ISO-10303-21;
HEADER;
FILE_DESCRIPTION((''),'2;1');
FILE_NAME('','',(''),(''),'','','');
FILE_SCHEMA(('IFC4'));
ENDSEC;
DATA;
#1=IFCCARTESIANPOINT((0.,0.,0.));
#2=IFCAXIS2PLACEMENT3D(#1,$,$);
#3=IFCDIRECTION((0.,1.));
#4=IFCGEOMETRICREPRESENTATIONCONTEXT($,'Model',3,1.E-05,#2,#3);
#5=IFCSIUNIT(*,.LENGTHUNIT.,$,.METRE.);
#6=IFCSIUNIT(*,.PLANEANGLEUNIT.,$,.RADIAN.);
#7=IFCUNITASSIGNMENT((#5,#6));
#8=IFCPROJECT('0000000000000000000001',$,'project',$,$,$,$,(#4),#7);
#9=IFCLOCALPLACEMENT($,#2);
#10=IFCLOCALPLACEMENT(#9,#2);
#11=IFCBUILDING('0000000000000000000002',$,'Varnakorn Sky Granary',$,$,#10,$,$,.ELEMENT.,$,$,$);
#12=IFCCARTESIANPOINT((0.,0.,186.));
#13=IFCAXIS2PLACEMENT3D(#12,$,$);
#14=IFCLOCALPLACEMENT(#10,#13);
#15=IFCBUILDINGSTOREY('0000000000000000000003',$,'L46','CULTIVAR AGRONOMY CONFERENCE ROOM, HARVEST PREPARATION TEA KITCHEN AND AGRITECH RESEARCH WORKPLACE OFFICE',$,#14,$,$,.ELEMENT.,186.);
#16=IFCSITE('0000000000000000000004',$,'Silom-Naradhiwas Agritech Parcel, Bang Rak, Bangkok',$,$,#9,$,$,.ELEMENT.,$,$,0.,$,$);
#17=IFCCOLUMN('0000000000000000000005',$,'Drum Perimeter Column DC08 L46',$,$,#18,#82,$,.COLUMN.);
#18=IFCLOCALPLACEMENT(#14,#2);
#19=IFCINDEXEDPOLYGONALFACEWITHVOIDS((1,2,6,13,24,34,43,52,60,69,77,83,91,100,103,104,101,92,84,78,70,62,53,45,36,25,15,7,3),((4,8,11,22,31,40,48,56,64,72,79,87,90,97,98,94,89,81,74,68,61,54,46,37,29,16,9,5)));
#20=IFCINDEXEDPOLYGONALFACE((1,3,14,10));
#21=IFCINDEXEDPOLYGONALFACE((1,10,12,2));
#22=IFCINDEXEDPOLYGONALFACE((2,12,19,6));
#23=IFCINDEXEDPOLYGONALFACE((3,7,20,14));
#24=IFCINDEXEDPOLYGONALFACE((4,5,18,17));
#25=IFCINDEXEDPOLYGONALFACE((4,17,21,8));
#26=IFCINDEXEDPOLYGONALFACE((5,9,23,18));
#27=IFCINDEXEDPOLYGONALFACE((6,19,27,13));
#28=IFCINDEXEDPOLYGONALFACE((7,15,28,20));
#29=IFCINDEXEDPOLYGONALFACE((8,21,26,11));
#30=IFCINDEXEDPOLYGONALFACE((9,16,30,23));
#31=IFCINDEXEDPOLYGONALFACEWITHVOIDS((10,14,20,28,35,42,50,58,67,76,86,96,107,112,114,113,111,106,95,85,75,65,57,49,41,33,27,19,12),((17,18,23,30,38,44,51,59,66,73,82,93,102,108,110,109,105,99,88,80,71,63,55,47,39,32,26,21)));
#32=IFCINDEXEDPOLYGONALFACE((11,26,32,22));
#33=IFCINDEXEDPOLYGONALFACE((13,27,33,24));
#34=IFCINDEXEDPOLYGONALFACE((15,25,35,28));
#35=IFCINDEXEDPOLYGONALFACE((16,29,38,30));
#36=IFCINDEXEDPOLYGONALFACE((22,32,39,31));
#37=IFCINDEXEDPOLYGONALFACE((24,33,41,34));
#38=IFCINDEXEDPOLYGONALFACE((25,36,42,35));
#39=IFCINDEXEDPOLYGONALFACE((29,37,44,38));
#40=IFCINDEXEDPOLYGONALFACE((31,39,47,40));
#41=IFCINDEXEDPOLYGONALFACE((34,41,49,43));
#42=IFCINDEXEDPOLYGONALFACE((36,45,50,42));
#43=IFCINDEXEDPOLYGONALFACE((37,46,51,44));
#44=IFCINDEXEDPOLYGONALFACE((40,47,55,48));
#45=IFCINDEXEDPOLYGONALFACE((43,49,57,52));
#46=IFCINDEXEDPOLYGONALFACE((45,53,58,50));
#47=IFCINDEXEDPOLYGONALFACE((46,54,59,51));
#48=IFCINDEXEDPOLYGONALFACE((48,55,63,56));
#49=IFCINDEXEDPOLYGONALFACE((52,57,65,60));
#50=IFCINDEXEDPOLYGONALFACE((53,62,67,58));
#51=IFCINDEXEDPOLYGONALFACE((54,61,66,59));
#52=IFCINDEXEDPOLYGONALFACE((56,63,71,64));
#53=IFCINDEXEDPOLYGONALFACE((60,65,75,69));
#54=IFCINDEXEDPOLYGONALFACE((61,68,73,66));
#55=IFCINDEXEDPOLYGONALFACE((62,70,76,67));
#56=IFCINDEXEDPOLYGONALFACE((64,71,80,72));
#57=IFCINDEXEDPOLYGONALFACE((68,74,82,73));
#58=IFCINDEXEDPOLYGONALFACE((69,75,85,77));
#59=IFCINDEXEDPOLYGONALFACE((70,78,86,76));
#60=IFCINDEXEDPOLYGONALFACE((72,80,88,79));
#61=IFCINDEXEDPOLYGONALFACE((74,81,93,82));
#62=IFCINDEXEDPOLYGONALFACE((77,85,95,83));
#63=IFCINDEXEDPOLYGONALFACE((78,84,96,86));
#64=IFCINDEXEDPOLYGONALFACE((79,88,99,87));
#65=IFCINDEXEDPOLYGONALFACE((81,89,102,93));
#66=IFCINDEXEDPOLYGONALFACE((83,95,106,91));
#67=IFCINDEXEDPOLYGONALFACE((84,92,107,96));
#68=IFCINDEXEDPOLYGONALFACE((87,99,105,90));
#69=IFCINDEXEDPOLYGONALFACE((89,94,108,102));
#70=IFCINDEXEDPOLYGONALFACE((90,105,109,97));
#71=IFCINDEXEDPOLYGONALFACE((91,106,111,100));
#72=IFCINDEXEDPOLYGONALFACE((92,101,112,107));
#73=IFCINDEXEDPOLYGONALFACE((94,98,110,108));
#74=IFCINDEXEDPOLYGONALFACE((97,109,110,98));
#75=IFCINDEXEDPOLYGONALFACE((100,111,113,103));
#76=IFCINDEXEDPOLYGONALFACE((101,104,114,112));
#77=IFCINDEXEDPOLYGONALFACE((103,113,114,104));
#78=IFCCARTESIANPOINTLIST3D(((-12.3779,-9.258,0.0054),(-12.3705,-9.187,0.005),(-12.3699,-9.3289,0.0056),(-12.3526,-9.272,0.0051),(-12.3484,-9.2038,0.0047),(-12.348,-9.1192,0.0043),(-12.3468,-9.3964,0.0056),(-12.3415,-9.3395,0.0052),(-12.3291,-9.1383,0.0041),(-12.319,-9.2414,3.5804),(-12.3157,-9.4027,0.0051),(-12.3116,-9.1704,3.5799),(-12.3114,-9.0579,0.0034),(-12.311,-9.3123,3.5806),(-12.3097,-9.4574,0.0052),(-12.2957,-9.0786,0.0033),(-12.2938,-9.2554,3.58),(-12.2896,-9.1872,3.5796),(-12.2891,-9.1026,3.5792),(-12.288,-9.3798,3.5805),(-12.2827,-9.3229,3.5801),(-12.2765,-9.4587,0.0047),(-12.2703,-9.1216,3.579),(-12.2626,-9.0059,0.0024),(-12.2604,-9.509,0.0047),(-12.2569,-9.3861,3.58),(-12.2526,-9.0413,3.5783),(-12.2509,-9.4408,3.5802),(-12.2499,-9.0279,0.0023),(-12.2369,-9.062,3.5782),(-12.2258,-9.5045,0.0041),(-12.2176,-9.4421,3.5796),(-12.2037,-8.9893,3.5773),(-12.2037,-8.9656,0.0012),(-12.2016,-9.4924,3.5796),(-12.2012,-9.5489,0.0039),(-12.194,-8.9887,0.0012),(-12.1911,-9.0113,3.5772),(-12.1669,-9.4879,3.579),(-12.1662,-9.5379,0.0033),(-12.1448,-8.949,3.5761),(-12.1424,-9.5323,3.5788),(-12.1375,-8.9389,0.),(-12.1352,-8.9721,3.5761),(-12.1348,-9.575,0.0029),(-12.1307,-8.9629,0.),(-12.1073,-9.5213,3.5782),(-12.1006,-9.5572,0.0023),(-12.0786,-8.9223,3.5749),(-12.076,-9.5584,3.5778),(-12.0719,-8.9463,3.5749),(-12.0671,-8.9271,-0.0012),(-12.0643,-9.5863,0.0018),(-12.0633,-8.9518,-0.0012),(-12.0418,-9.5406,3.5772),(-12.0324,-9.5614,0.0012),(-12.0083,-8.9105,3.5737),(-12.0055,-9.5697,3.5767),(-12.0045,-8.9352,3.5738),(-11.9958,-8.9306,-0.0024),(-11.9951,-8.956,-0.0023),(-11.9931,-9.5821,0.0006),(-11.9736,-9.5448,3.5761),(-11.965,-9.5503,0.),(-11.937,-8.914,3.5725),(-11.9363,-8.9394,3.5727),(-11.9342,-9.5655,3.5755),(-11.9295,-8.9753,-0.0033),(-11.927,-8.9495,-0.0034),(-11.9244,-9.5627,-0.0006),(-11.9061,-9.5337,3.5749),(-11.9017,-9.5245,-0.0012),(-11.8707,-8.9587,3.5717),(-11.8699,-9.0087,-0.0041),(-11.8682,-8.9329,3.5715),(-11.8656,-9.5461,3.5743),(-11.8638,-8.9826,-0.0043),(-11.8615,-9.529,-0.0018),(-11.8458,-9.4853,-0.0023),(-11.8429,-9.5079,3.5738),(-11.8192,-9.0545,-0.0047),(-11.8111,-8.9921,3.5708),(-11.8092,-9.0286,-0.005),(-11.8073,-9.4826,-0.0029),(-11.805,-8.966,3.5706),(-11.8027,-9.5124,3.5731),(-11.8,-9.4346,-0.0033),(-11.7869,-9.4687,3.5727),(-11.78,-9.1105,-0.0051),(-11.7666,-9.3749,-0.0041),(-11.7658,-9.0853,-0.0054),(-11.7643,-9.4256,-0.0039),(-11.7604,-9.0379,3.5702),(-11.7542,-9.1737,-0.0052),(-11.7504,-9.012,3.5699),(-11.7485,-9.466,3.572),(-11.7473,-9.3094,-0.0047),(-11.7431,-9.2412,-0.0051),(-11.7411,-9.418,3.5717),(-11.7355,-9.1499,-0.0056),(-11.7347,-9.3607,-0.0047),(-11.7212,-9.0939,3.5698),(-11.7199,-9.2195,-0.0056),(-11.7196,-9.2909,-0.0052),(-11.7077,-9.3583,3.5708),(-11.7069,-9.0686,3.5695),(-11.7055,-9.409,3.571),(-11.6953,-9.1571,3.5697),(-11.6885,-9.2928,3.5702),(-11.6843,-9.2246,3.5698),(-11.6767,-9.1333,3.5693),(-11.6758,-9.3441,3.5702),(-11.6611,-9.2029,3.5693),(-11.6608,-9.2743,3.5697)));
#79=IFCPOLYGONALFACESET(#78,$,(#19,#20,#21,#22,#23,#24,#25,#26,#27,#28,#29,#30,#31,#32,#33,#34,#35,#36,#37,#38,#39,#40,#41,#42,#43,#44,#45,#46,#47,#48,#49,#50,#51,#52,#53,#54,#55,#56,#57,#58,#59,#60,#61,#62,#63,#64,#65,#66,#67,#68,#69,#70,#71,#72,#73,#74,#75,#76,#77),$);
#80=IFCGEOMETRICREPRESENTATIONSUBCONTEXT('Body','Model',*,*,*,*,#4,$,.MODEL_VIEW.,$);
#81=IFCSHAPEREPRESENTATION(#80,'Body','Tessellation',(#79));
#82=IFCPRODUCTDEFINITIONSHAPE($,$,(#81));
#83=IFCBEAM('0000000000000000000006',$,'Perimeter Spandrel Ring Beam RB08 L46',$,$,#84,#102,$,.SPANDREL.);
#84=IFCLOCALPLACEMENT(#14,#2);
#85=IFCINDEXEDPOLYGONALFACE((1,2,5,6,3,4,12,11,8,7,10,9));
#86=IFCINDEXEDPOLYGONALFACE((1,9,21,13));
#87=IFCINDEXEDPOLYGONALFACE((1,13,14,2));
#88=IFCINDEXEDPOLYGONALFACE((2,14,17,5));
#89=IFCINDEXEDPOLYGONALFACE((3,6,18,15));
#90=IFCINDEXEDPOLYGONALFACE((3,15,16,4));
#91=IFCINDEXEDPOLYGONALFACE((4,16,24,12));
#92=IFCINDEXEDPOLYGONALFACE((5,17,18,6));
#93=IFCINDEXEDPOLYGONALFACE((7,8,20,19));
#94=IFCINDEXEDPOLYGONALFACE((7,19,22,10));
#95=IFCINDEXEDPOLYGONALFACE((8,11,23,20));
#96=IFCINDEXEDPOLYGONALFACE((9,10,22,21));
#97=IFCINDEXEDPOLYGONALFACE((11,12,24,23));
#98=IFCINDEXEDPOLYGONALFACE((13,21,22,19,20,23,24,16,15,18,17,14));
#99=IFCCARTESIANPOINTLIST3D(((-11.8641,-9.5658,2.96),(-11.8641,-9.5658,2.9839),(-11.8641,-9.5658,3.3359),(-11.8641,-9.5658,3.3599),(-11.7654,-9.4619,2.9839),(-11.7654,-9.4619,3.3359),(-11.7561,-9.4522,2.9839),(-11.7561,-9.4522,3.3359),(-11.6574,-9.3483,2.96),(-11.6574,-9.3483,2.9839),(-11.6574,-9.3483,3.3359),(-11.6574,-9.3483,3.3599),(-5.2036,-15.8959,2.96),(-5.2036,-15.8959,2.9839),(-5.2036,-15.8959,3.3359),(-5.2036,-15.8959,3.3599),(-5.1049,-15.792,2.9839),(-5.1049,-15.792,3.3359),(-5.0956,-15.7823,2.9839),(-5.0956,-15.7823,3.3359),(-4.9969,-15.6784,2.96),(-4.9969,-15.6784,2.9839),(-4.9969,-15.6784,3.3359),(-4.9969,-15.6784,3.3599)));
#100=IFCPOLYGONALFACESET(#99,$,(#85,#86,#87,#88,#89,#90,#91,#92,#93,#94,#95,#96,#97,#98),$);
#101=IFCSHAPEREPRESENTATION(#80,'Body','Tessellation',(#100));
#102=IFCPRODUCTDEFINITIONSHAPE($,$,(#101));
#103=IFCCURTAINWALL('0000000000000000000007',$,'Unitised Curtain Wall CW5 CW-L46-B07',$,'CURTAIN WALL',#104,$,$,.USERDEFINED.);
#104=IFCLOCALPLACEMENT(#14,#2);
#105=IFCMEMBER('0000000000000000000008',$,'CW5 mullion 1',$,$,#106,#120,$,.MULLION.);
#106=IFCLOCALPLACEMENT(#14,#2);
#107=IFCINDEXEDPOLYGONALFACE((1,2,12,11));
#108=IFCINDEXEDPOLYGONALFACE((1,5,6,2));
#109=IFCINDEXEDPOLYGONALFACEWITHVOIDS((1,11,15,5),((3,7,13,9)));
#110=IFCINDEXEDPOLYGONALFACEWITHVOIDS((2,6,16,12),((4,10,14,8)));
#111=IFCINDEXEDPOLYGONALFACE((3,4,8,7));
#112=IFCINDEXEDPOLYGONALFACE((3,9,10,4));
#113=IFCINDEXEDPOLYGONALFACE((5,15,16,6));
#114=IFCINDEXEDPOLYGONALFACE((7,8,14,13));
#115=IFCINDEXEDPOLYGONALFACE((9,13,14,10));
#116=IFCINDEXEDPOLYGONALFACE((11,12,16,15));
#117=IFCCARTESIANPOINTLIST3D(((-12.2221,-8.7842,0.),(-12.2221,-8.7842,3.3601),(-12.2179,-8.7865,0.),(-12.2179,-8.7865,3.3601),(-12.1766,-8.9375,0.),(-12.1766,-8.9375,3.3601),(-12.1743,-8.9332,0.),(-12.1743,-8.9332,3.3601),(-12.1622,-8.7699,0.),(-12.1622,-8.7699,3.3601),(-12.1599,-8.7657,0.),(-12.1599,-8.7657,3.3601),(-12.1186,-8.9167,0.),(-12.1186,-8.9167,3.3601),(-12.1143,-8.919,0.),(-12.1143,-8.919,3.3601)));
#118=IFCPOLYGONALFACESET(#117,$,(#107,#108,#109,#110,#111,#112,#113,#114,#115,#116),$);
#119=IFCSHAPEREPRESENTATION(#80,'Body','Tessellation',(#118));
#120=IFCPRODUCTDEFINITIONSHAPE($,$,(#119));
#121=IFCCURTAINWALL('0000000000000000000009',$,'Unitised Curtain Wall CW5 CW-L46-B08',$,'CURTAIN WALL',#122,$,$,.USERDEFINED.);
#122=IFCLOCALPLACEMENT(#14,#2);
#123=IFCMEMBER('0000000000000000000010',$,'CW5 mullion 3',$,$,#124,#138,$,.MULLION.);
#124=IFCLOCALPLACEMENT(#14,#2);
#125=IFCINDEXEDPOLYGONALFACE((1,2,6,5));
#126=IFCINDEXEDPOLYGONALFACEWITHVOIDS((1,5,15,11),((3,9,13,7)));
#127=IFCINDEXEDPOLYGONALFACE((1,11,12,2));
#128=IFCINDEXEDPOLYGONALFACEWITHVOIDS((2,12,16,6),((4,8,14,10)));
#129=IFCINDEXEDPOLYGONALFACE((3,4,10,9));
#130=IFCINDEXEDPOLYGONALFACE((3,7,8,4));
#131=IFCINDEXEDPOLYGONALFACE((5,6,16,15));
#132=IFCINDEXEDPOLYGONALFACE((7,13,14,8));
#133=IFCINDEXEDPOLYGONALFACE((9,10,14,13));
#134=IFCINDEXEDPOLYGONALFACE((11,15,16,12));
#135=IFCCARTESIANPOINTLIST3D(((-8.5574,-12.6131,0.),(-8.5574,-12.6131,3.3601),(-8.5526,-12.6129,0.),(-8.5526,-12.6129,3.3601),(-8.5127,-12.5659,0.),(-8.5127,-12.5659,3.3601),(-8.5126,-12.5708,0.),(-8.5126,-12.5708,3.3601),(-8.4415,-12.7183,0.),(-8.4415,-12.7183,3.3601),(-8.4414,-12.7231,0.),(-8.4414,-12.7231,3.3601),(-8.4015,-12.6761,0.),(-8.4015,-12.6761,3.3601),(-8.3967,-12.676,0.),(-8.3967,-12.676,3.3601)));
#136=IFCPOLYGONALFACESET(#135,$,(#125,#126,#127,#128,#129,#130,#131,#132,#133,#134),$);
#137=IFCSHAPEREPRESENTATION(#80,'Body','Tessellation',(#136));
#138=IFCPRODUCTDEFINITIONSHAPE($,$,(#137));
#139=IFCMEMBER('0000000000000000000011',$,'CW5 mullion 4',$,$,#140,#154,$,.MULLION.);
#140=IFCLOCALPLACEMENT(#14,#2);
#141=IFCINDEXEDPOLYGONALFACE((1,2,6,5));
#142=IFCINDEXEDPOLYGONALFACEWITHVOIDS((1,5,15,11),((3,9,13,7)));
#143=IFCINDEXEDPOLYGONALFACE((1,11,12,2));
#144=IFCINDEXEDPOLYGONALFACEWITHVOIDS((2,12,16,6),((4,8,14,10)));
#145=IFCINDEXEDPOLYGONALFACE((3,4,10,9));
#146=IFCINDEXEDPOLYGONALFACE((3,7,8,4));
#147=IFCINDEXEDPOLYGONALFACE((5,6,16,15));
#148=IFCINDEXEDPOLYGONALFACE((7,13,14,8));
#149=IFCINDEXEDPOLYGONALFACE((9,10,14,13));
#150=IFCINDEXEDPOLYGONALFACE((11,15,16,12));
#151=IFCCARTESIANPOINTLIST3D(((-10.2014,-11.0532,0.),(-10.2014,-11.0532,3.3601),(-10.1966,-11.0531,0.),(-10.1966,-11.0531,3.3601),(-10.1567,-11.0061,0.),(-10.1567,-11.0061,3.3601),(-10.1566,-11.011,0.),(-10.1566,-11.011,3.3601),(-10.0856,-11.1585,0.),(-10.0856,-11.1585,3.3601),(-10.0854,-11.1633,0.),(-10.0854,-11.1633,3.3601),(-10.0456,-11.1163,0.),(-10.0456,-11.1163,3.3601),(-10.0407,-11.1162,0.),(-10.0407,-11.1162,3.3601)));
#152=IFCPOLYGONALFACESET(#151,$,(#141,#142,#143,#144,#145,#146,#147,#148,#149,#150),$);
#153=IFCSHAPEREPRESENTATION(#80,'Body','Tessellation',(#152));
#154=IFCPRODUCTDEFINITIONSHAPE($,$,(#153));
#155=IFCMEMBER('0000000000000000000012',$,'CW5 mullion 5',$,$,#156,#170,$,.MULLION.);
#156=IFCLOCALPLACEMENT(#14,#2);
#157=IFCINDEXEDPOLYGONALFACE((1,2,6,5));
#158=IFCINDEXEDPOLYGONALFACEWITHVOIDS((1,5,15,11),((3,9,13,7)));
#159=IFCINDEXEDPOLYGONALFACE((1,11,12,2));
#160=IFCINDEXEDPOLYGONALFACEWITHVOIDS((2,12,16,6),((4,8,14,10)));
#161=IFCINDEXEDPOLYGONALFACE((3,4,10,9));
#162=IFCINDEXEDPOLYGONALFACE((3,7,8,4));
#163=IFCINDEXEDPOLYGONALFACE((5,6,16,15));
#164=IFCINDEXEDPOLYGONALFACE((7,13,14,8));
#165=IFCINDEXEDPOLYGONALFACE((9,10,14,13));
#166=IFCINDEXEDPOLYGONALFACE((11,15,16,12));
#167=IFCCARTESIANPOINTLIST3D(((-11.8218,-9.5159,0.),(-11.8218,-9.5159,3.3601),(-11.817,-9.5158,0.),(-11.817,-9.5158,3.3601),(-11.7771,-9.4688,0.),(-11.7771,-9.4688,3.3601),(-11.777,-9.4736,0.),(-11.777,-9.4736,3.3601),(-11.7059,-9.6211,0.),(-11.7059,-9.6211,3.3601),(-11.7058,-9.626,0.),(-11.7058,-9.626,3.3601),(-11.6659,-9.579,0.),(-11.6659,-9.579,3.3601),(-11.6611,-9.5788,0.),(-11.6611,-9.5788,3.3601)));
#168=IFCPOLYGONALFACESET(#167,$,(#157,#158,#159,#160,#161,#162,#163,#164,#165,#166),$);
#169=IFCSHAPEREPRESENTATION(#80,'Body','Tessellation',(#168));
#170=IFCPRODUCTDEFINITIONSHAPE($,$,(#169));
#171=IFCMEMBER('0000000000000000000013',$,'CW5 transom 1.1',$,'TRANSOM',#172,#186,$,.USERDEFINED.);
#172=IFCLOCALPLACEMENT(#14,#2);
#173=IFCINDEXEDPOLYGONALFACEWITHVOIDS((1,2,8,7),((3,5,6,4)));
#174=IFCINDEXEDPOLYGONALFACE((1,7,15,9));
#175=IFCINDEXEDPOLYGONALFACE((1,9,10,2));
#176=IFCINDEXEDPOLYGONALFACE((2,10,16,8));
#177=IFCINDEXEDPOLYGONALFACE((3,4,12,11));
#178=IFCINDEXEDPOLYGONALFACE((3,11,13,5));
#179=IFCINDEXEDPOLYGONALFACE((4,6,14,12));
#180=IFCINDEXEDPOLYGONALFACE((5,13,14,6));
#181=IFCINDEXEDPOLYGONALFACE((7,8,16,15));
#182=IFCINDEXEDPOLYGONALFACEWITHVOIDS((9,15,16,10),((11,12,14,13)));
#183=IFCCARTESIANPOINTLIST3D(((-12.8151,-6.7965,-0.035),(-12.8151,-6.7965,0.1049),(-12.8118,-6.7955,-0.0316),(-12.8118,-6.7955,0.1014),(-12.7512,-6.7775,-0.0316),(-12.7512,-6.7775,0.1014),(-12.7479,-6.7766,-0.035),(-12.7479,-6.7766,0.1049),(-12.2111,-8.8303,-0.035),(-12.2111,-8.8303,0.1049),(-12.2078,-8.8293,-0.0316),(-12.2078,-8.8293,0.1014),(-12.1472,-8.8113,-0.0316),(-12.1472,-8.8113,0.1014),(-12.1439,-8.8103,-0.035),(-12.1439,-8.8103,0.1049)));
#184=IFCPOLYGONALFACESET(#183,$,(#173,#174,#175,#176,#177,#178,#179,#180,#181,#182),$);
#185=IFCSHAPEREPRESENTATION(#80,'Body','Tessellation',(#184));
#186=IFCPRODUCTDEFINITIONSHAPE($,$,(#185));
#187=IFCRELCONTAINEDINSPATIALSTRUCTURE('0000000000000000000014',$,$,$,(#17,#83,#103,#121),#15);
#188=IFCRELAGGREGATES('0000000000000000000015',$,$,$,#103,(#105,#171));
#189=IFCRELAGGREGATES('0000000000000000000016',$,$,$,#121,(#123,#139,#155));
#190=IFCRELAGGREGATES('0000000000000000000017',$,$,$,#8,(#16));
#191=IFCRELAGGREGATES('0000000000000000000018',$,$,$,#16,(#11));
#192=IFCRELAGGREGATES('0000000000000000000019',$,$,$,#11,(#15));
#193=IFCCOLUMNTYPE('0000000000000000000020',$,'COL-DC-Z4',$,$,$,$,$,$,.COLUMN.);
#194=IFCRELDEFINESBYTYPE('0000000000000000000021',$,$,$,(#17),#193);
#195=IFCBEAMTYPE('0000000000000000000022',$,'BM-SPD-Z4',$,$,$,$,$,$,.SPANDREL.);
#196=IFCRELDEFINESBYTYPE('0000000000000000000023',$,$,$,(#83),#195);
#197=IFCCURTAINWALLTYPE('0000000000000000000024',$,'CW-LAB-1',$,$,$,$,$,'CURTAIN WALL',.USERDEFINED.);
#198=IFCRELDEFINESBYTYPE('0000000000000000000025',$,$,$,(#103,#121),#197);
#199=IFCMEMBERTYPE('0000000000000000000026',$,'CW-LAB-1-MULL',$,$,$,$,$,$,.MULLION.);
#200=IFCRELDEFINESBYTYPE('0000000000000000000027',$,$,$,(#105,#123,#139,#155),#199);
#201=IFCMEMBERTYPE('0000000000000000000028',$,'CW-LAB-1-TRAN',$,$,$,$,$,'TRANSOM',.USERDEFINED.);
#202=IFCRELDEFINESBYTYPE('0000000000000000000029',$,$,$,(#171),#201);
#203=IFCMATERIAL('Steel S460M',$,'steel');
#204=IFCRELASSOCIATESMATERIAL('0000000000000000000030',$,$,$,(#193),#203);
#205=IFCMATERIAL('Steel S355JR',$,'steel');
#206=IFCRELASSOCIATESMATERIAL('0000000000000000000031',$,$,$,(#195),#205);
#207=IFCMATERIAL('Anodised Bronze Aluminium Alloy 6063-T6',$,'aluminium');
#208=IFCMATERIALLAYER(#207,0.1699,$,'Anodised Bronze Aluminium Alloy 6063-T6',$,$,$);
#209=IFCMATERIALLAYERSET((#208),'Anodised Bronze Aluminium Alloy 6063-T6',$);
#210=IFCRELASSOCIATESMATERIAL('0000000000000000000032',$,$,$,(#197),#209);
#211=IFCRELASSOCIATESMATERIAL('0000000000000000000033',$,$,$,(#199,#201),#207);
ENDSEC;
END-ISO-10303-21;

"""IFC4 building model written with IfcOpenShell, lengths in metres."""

from ifc_helpers import new_model, si_unit, direction, frame, origin, origin_2d, place, context, subcontext, project, spatial, hollow_rectangle, hollow_circle, i_section, extrude, material, layer, layer_set, material_profile, profile_set, type_object, element, aggregate, save


model = new_model("IFC4")

# Units and contexts
model_context = context("Model", 3, precision=1e-05, world=origin(), true_north=direction((0.0, 1.0)))
body_context = subcontext(model_context, "Body", "Model", "MODEL_VIEW")
ifc_project = project(units=[si_unit("LENGTHUNIT", "METRE"), si_unit("PLANEANGLEUNIT", "RADIAN")], contexts=[model_context])

# Site, building, storey
site_placement = place(None, origin())
site = spatial("IfcSite", under=ifc_project, at=site_placement, Name="Silom-Naradhiwas Agritech Parcel, Bang Rak, Bangkok", CompositionType="ELEMENT", RefElevation=0.0)
building_placement = place(site_placement, origin())
building = spatial("IfcBuilding", under=site, at=building_placement, Name="Varnakorn Sky Granary", CompositionType="ELEMENT")
storey_placement = place(building_placement, frame((0.0, 0.0, 186.0)))
storey = spatial("IfcBuildingStorey", under=building, at=storey_placement, Name="L46", Description="CULTIVAR AGRONOMY CONFERENCE ROOM, HARVEST PREPARATION TEA KITCHEN AND AGRITECH RESEARCH WORKPLACE OFFICE", CompositionType="ELEMENT", Elevation=186.0)

# Column
ifc_material_1 = material(Name="Steel S460M", Category="steel")
ifc_material_profile_1 = material_profile(ifc_material_1, hollow_circle(Radius=0.3301, WallThickness=0.0249, at=origin_2d()), Name="CHS 660x25")
ifc_profile_set_1 = profile_set([ifc_material_profile_1], Name="Steel S460M")
column_type = type_object("IfcColumnType", Name="COL-DC-Z4", PredefinedType="COLUMN", material=ifc_profile_set_1)
column_placement = place(storey_placement, frame((-12.0479, -9.2566, 0.0), z_axis=(0.016456, 0.004643, 0.999854), x_axis=(-0.271555, 0.962423, 0.0)))
element("IfcColumn", 1, at=column_placement, inside=storey, type_object=column_type, Name="Drum Perimeter Column DC08 L46", PredefinedType="COLUMN", context=body_context, shape_type="SweptSolid", body=[
    extrude(hollow_circle(Radius=0.3301, WallThickness=0.0249, at=origin_2d()), origin(), (0.0, 0.0, 1.0), 3.5754),
])

# Beam
ifc_material_2 = material(Name="Steel S355JR", Category="steel")
ifc_material_profile_2 = material_profile(ifc_material_2, i_section(OverallWidth=0.3, OverallDepth=0.3999, WebThickness=0.0134, FlangeThickness=0.0239, at=origin_2d()), Name="HE 400 B")
ifc_profile_set_2 = profile_set([ifc_material_profile_2], Name="Steel S355JR")
beam_type = type_object("IfcBeamType", Name="BM-SPD-Z4", PredefinedType="SPANDREL", material=ifc_profile_set_2)
beam_placement = place(storey_placement, frame((-11.7607, -9.457, 3.1599), z_axis=(0.724853, -0.688904, 0.0), x_axis=(0.688904, 0.724853, 0.0)))
element("IfcBeam", 2, at=beam_placement, inside=storey, type_object=beam_type, Name="Perimeter Spandrel Ring Beam RB08 L46", PredefinedType="SPANDREL", context=body_context, shape_type="SweptSolid", body=[
    extrude(i_section(OverallWidth=0.3, OverallDepth=0.3999, WebThickness=0.0134, FlangeThickness=0.0239, at=origin_2d()), origin(), (0.0, 0.0, 1.0), 9.1887),
])

# Curtain wall, member
ifc_material_3 = material(Name="Anodised Bronze Aluminium Alloy 6063-T6", Category="aluminium")
ifc_layer_1 = layer(ifc_material_3, 0.1699, Name="Anodised Bronze Aluminium Alloy 6063-T6")
ifc_layer_set_1 = layer_set([ifc_layer_1], Name="Anodised Bronze Aluminium Alloy 6063-T6")
curtain_wall_type = type_object("IfcCurtainWallType", Name="CW-LAB-1", ElementType="CURTAIN WALL", PredefinedType="USERDEFINED", material=ifc_layer_set_1)
curtain_wall_1_placement = place(storey_placement, origin())
curtain_wall_1 = element("IfcCurtainWall", 3, at=curtain_wall_1_placement, inside=storey, type_object=curtain_wall_type, Name="Unitised Curtain Wall CW5 CW-L46-B07", ObjectType="CURTAIN WALL", PredefinedType="USERDEFINED")
ifc_material_profile_3 = material_profile(ifc_material_3, hollow_rectangle(XDim=0.0649, YDim=0.1599, WallThickness=0.0034, at=origin_2d()), Name="ALU MULL 65x160")
ifc_profile_set_3 = profile_set([ifc_material_profile_3], Name="Anodised Bronze Aluminium Alloy 6063-T6")
member_type_1 = type_object("IfcMemberType", Name="CW-LAB-1-MULL", PredefinedType="MULLION", material=ifc_profile_set_3)
member_1_placement = place(storey_placement, frame((-12.1682, -8.8516, 0.0), z_axis=(0.0, 0.0, 1.0), x_axis=(-0.958614, -0.28471, 0.0)))
member_1 = element("IfcMember", 4, at=member_1_placement, type_object=member_type_1, Name="CW5 mullion 1", PredefinedType="MULLION", context=body_context, shape_type="SweptSolid", body=[
    extrude(hollow_rectangle(XDim=0.0649, YDim=0.1599, WallThickness=0.0034, at=origin_2d()), origin(), (0.0, 0.0, 1.0), 3.3601),
])

# Curtain wall, members
curtain_wall_2_placement = place(storey_placement, origin())
curtain_wall_2 = element("IfcCurtainWall", 5, at=curtain_wall_2_placement, inside=storey, type_object=curtain_wall_type, Name="Unitised Curtain Wall CW5 CW-L46-B08", ObjectType="CURTAIN WALL", PredefinedType="USERDEFINED")
member_2_placement = place(storey_placement, frame((-8.4771, -12.6445, 0.0), z_axis=(0.0, 0.0, 1.0), x_axis=(-0.688292, -0.725434, 0.0)))
member_2 = element("IfcMember", 6, at=member_2_placement, type_object=member_type_1, Name="CW5 mullion 3", PredefinedType="MULLION", context=body_context, shape_type="SweptSolid", body=[
    extrude(hollow_rectangle(XDim=0.0649, YDim=0.1599, WallThickness=0.0034, at=origin_2d()), origin(), (0.0, 0.0, 1.0), 3.3601),
])
member_3_placement = place(storey_placement, frame((-10.1211, -11.0847, 0.0), z_axis=(0.0, 0.0, 1.0), x_axis=(-0.688292, -0.725434, 0.0)))
member_3 = element("IfcMember", 7, at=member_3_placement, type_object=member_type_1, Name="CW5 mullion 4", PredefinedType="MULLION", context=body_context, shape_type="SweptSolid", body=[
    extrude(hollow_rectangle(XDim=0.0649, YDim=0.1599, WallThickness=0.0034, at=origin_2d()), origin(), (0.0, 0.0, 1.0), 3.3601),
])
member_4_placement = place(storey_placement, frame((-11.7415, -9.5474, 0.0), z_axis=(0.0, 0.0, 1.0), x_axis=(-0.688292, -0.725434, 0.0)))
member_4 = element("IfcMember", 8, at=member_4_placement, type_object=member_type_1, Name="CW5 mullion 5", PredefinedType="MULLION", context=body_context, shape_type="SweptSolid", body=[
    extrude(hollow_rectangle(XDim=0.0649, YDim=0.1599, WallThickness=0.0034, at=origin_2d()), origin(), (0.0, 0.0, 1.0), 3.3601),
])

# Member
ifc_material_profile_4 = material_profile(ifc_material_3, hollow_rectangle(XDim=0.0701, YDim=0.1399, WallThickness=0.0034, at=origin_2d()), Name="ALU TRAN 70x140")
ifc_profile_set_4 = profile_set([ifc_material_profile_4], Name="Anodised Bronze Aluminium Alloy 6063-T6")
member_type_2 = type_object("IfcMemberType", Name="CW-LAB-1-TRAN", ElementType="TRANSOM", PredefinedType="USERDEFINED", material=ifc_profile_set_4)
member_5_placement = place(storey_placement, frame((-12.1775, -8.8203, 0.0349), z_axis=(-0.284707, 0.958614, 0.0), x_axis=(-0.958614, -0.284707, 0.0)))
member_5 = element("IfcMember", 9, at=member_5_placement, type_object=member_type_2, Name="CW5 transom 1.1", ObjectType="TRANSOM", PredefinedType="USERDEFINED", context=body_context, shape_type="SweptSolid", body=[
    extrude(hollow_rectangle(XDim=0.0701, YDim=0.1399, WallThickness=0.0034, at=origin_2d()), origin(), (0.0, 0.0, 1.0), 2.1216),
])

aggregate(curtain_wall_1, [member_1, member_5])
aggregate(curtain_wall_2, [member_2, member_3, member_4])

save(model, "model.ifc")
